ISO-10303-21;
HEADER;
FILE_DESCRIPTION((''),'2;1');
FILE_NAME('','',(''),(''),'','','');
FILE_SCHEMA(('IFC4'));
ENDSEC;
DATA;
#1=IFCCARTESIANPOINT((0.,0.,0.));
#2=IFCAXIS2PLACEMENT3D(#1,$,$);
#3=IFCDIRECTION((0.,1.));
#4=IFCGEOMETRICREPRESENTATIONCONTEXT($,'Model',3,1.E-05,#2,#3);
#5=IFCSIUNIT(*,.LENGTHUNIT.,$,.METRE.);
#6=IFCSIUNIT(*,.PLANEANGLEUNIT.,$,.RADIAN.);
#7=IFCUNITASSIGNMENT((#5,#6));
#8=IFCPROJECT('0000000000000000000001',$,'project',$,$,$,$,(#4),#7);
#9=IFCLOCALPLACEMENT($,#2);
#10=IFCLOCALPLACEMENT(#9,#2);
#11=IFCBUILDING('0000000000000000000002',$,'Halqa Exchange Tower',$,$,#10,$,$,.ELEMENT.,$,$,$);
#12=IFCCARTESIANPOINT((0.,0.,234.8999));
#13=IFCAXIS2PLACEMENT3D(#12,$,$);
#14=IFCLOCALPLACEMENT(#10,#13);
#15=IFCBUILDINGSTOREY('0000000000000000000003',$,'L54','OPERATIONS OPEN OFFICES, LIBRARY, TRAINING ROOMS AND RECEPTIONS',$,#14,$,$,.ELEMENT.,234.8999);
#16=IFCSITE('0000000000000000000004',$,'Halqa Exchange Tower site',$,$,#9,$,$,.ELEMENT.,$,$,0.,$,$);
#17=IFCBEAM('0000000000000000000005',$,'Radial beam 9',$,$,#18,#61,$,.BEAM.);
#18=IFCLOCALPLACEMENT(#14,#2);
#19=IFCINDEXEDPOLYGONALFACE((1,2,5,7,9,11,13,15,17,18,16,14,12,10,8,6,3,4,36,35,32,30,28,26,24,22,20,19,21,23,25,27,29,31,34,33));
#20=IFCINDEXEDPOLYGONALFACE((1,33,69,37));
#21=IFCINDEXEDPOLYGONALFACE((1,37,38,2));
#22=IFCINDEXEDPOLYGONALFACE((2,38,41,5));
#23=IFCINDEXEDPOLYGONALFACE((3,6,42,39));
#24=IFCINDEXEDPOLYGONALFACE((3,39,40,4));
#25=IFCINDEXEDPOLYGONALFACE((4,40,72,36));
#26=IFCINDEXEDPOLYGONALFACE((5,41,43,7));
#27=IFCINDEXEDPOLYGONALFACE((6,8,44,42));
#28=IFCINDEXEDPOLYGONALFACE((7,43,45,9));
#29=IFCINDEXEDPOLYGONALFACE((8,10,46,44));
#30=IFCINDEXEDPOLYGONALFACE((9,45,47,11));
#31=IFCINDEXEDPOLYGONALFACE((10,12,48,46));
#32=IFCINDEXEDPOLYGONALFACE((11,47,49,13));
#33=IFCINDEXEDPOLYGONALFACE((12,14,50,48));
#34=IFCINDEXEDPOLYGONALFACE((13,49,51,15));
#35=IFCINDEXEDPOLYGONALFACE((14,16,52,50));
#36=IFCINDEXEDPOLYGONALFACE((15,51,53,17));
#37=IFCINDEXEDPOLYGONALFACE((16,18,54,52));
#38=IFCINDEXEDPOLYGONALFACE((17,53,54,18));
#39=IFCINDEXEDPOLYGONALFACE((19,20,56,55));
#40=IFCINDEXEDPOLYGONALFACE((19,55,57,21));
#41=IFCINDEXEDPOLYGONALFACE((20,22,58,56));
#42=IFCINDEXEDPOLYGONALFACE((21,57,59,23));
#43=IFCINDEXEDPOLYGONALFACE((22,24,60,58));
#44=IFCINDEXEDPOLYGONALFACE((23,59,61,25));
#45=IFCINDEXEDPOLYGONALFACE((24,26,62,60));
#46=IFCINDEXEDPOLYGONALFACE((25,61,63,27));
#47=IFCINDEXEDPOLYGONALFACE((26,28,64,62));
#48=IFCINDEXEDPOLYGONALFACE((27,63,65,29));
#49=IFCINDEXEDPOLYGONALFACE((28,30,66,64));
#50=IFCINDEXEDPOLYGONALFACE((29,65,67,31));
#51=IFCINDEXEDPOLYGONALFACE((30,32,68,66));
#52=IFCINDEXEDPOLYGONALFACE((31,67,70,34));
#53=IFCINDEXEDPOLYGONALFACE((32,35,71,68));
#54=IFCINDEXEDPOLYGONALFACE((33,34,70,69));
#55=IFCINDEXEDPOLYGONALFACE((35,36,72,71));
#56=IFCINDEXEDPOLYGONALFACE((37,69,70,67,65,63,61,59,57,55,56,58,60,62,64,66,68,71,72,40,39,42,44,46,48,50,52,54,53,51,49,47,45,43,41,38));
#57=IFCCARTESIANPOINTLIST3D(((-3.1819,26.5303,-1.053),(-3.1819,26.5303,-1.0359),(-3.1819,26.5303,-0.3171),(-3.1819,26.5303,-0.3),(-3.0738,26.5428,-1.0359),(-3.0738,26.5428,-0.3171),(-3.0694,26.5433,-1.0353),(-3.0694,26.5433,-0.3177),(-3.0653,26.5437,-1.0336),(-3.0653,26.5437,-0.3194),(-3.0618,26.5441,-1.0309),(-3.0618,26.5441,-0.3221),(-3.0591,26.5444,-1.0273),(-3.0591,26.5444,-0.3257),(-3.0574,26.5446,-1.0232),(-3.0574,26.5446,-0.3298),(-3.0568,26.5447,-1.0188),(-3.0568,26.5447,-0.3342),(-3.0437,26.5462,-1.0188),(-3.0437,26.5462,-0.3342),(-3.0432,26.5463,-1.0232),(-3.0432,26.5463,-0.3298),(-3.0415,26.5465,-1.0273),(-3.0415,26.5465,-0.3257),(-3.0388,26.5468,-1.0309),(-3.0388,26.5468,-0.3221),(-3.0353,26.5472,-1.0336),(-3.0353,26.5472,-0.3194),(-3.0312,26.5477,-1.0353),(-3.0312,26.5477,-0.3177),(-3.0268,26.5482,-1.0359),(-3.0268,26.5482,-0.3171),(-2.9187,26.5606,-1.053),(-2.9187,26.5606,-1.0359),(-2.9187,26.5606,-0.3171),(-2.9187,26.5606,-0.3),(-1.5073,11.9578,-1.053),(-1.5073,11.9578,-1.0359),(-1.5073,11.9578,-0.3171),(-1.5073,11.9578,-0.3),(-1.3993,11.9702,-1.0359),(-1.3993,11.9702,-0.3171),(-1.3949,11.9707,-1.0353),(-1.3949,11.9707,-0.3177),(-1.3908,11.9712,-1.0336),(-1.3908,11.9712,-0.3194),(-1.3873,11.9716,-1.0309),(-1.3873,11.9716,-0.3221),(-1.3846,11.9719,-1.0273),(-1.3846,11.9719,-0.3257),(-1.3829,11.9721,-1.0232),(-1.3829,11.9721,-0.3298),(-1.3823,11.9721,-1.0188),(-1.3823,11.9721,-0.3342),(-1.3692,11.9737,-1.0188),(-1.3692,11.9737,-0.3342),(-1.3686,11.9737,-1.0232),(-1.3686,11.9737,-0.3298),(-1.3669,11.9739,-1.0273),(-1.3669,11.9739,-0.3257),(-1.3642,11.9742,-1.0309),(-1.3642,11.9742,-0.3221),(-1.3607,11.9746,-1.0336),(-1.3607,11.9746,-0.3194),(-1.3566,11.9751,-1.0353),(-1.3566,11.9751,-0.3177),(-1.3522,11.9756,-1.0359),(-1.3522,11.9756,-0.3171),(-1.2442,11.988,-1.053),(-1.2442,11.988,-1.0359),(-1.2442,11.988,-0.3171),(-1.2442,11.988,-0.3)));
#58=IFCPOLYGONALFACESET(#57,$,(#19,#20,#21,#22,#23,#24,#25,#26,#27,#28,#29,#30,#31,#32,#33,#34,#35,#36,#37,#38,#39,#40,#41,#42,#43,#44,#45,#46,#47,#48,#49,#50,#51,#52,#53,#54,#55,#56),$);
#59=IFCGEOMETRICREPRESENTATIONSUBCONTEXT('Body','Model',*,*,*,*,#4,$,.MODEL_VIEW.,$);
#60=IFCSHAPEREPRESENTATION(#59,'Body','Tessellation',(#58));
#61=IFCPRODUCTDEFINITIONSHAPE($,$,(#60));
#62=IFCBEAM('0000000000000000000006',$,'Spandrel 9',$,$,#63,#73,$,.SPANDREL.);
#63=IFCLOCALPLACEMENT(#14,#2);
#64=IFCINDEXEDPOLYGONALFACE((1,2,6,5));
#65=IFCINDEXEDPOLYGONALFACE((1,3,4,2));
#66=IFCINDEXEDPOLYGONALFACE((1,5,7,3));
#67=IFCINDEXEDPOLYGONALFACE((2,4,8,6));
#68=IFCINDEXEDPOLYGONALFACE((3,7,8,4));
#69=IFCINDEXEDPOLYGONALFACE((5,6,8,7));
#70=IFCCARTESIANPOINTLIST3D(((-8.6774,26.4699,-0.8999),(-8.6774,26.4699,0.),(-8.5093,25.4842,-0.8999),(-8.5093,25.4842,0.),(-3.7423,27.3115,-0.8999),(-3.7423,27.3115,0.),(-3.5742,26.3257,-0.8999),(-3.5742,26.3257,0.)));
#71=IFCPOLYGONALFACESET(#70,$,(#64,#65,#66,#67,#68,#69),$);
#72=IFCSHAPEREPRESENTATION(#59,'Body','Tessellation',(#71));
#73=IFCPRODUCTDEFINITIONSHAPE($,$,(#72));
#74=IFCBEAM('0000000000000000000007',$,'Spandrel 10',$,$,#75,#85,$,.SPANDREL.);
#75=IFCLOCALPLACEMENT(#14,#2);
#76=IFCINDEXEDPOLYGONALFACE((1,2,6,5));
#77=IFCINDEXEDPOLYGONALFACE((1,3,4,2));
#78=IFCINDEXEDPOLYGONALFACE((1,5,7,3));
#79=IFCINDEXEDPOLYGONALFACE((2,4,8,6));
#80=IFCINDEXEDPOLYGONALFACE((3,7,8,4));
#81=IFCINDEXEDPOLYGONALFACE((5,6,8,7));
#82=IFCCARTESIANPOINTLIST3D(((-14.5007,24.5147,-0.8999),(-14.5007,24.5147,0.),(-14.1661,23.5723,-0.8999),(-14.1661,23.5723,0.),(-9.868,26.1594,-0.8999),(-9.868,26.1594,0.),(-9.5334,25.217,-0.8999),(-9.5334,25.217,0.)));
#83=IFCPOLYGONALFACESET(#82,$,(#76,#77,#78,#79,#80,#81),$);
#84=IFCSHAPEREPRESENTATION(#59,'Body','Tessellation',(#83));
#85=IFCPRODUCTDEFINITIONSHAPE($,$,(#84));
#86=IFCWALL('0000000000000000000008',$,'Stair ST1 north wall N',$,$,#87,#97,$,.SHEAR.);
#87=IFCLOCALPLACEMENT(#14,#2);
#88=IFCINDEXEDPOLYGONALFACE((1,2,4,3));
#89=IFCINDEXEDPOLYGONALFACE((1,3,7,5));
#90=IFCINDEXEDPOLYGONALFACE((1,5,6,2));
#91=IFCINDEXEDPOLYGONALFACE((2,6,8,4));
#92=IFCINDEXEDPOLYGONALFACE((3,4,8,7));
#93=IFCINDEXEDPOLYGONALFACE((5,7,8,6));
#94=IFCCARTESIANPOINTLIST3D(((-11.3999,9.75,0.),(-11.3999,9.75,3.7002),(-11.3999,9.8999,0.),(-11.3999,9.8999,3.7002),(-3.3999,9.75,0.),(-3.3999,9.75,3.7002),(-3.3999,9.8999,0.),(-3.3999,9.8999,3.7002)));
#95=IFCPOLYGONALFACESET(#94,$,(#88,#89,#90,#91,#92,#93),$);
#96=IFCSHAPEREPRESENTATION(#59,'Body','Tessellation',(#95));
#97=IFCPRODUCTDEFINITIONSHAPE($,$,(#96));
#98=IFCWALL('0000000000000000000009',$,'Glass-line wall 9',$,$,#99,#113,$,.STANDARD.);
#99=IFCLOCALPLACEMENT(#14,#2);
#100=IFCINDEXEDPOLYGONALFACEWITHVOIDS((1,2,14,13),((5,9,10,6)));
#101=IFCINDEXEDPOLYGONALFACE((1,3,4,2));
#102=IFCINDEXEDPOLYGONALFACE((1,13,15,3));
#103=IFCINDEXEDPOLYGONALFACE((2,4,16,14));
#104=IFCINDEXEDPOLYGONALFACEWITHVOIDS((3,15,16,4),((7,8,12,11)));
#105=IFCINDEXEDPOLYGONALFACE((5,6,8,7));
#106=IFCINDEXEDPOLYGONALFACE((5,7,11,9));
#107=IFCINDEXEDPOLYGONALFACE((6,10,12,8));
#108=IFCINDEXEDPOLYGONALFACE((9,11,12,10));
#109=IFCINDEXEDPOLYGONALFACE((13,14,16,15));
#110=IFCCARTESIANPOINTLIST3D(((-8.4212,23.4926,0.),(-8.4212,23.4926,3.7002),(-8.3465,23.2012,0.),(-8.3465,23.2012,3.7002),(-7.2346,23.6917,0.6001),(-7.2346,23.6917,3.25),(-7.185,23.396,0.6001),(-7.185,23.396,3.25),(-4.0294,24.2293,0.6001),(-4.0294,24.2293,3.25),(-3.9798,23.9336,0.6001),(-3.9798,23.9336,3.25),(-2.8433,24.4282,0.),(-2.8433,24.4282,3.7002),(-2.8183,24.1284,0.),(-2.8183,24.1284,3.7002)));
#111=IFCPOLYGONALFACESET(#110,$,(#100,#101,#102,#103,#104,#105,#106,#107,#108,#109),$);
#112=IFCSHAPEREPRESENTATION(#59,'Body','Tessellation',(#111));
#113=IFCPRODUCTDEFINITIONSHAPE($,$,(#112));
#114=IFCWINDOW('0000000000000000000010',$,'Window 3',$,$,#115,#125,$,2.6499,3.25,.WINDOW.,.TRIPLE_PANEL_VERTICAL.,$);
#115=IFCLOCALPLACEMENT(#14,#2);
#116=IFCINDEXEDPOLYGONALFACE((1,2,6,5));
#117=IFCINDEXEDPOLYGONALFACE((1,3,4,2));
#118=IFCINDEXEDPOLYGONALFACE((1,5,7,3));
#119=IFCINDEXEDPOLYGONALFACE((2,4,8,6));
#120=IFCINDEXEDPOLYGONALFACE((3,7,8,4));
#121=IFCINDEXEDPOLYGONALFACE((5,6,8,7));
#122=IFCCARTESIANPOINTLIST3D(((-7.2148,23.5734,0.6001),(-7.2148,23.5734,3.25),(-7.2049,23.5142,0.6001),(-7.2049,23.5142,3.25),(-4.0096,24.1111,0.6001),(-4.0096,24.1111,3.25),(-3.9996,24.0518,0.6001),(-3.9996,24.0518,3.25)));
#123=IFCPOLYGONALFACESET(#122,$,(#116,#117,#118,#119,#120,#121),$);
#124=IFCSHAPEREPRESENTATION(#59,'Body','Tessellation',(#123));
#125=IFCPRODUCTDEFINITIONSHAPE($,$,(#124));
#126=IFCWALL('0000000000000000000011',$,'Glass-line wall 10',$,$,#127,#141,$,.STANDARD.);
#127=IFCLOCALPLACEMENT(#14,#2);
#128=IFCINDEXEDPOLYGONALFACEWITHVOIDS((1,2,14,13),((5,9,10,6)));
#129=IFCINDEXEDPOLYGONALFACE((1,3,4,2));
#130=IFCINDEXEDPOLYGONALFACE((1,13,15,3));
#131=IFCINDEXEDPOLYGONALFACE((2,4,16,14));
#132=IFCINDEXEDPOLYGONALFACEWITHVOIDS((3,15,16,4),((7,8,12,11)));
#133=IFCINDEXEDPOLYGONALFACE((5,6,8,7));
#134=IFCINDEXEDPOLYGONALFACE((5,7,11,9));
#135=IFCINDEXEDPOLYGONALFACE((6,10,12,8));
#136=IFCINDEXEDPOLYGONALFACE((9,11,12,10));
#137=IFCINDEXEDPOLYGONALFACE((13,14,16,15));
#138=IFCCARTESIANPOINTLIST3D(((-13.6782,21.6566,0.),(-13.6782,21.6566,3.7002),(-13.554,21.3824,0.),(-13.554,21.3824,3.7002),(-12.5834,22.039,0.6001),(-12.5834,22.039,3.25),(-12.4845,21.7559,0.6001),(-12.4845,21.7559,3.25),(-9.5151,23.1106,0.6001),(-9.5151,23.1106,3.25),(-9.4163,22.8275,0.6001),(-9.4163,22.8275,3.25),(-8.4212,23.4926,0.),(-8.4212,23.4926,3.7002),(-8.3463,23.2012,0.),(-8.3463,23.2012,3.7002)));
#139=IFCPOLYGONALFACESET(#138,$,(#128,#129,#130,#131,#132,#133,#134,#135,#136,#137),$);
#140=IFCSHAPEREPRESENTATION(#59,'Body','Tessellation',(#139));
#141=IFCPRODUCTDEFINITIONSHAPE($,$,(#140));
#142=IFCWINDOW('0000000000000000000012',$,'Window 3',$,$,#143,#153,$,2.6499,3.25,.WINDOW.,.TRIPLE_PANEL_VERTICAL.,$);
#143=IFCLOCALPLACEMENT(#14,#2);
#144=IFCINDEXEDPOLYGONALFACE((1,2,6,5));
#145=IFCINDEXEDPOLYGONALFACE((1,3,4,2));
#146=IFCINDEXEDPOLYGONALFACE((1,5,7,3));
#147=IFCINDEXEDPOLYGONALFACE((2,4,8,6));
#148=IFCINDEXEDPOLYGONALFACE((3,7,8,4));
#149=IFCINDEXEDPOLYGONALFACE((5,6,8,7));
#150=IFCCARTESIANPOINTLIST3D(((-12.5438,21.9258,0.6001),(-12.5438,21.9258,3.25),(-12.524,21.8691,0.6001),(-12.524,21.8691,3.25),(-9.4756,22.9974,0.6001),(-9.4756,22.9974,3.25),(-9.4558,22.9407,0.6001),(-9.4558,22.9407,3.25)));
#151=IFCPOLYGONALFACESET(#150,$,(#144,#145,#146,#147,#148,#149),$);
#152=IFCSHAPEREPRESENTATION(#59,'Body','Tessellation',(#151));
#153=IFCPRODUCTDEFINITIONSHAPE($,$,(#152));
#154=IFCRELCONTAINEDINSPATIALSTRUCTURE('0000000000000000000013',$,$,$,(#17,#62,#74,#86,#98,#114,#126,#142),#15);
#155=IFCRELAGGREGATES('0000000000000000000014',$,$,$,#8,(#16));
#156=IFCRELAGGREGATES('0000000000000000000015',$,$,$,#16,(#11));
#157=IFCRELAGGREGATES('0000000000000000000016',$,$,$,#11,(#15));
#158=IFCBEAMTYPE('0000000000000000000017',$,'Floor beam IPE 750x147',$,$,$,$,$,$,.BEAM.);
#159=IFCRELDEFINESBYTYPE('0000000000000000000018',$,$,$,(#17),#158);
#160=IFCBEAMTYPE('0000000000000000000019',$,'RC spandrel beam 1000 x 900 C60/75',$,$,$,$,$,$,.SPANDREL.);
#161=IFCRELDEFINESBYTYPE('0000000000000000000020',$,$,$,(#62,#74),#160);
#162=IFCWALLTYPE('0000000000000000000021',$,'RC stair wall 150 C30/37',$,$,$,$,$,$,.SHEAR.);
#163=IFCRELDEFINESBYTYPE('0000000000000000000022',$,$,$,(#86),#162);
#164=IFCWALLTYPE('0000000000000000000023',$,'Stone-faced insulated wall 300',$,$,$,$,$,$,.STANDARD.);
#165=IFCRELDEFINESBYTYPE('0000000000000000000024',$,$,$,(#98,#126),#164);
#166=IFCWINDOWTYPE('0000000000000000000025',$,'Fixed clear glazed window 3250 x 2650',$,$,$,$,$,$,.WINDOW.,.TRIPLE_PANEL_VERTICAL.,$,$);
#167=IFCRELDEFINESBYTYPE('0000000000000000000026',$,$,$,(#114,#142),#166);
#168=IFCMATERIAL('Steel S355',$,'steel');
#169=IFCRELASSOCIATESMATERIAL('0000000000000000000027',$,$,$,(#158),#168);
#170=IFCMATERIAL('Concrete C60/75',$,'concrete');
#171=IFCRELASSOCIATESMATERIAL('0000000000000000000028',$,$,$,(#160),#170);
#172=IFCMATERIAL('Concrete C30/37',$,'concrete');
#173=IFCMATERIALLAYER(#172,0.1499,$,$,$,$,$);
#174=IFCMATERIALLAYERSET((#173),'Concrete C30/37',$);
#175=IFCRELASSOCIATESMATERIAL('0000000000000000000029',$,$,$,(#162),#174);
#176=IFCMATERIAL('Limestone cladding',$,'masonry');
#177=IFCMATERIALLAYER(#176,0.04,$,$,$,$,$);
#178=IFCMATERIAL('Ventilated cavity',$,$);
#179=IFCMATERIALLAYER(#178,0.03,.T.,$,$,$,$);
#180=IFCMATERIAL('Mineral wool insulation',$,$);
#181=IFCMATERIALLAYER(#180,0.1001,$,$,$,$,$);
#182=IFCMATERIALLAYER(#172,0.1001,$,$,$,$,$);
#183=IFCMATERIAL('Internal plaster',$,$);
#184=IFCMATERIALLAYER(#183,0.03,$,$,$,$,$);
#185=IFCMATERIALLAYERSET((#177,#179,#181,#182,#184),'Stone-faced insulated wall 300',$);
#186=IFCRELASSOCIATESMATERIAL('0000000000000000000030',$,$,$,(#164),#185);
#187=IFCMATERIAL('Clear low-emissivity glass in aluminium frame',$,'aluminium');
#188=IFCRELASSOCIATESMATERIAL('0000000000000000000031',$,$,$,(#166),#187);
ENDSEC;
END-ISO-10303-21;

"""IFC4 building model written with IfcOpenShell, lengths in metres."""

from ifc_helpers import new_model, si_unit, direction, frame, frame_2d, origin, origin_2d, place, context, subcontext, project, spatial, polyline, rectangle, i_section, outline, extrude, material, layer, layer_set, material_profile, profile_set, type_object, element, fill, save


model = new_model("IFC4")

# Units and contexts
model_context = context("Model", 3, precision=1e-05, world=origin(), true_north=direction((0.0, 1.0)))
body_context = subcontext(model_context, "Body", "Model", "MODEL_VIEW")
ifc_project = project(units=[si_unit("LENGTHUNIT", "METRE"), si_unit("PLANEANGLEUNIT", "RADIAN")], contexts=[model_context])

# Site, building, storey
site_placement = place(None, origin())
site = spatial("IfcSite", under=ifc_project, at=site_placement, Name="Halqa Exchange Tower site", CompositionType="ELEMENT", RefElevation=0.0)
building_placement = place(site_placement, origin())
building = spatial("IfcBuilding", under=site, at=building_placement, Name="Halqa Exchange Tower", CompositionType="ELEMENT")
storey_placement = place(building_placement, frame((0.0, 0.0, 234.8999)))
storey = spatial("IfcBuildingStorey", under=building, at=storey_placement, Name="L54", Description="OPERATIONS OPEN OFFICES, LIBRARY, TRAINING ROOMS AND RECEPTIONS", CompositionType="ELEMENT", Elevation=234.8999)

# Shared definitions
ifc_material_1 = material(Name="Concrete C60/75", Category="concrete")

# Beams
ifc_material_2 = material(Name="Steel S355", Category="steel")
ifc_material_profile_1 = material_profile(ifc_material_2, i_section(OverallWidth=0.2649, OverallDepth=0.7529, WebThickness=0.0132, FlangeThickness=0.0171, FilletRadius=0.0171, at=origin_2d()), Name="IPE 750x147")
ifc_profile_set_1 = profile_set([ifc_material_profile_1], Name="Steel S355")
beam_type_1 = type_object("IfcBeamType", Name="Floor beam IPE 750x147", PredefinedType="BEAM", material=ifc_profile_set_1)
beam_1_placement = place(storey_placement, frame((-1.3757, 11.9729, -0.6765), z_axis=(-0.114161, 0.993462, 0.0), x_axis=(-0.993462, -0.114161, 0.0)))
element("IfcBeam", 1, at=beam_1_placement, inside=storey, type_object=beam_type_1, Name="Radial beam 9", PredefinedType="BEAM", context=body_context, shape_type="SweptSolid", body=[
    extrude(i_section(OverallWidth=0.2649, OverallDepth=0.7529, WebThickness=0.0132, FlangeThickness=0.0171, FilletRadius=0.0171, at=origin_2d()), origin(), (0.0, 0.0, 1.0), 14.6685),
])
ifc_material_profile_2 = material_profile(ifc_material_1, rectangle(XDim=1.0, YDim=0.8999, at=origin_2d()), Name="1000 x 900")
ifc_profile_set_2 = profile_set([ifc_material_profile_2], Name="Concrete C60/75")
beam_type_2 = type_object("IfcBeamType", Name="RC spandrel beam 1000 x 900 C60/75", PredefinedType="SPANDREL", material=ifc_profile_set_2)
beam_2_placement = place(storey_placement, frame((-3.6582, 26.8186, -0.45), z_axis=(-0.98577, -0.168099, 0.0), x_axis=(0.168099, -0.98577, 0.0)))
element("IfcBeam", 2, at=beam_2_placement, inside=storey, type_object=beam_type_2, Name="Spandrel 9", PredefinedType="SPANDREL", context=body_context, shape_type="SweptSolid", body=[
    extrude(rectangle(XDim=1.0, YDim=0.8999, at=origin_2d()), origin(), (0.0, 0.0, 1.0), 5.0063),
])
beam_3_placement = place(storey_placement, frame((-9.7007, 25.6882, -0.45), z_axis=(-0.942372, -0.334568, 0.0), x_axis=(0.334568, -0.942372, 0.0)))
element("IfcBeam", 3, at=beam_3_placement, inside=storey, type_object=beam_type_2, Name="Spandrel 10", PredefinedType="SPANDREL", context=body_context, shape_type="SweptSolid", body=[
    extrude(rectangle(XDim=1.0, YDim=0.8999, at=origin_2d()), origin(), (0.0, 0.0, 1.0), 4.916),
])

# Wall
ifc_material_3 = material(Name="Concrete C30/37", Category="concrete")
ifc_layer_1 = layer(ifc_material_3, 0.1499)
ifc_layer_set_1 = layer_set([ifc_layer_1], Name="Concrete C30/37")
wall_type_1 = type_object("IfcWallType", Name="RC stair wall 150 C30/37", PredefinedType="SHEAR", material=ifc_layer_set_1)
wall_1_placement = place(storey_placement, frame((-11.3999, 9.825, 0.0), z_axis=(0.0, 0.0, 1.0), x_axis=(1.0, 0.0, 0.0)))
element("IfcWall", 4, at=wall_1_placement, inside=storey, type_object=wall_type_1, Name="Stair ST1 north wall N", PredefinedType="SHEAR", context=body_context, shape_type="SweptSolid", body=[
    extrude(rectangle(XDim=8.0, YDim=0.1499, at=frame_2d((4.0, 0.0))), origin(), (0.0, 0.0, 1.0), 3.7002),
])

# Walls, openings, windows
ifc_material_4 = material(Name="Limestone cladding", Category="masonry")
ifc_layer_2 = layer(ifc_material_4, 0.04)
ifc_material_5 = material(Name="Ventilated cavity")
ifc_layer_3 = layer(ifc_material_5, 0.03, ventilated=True)
ifc_material_6 = material(Name="Mineral wool insulation")
ifc_layer_4 = layer(ifc_material_6, 0.1001)
ifc_layer_5 = layer(ifc_material_3, 0.1001)
ifc_material_7 = material(Name="Internal plaster")
ifc_layer_6 = layer(ifc_material_7, 0.03)
ifc_layer_set_2 = layer_set([ifc_layer_2, ifc_layer_3, ifc_layer_4, ifc_layer_5, ifc_layer_6], Name="Stone-faced insulated wall 300")
wall_type_2 = type_object("IfcWallType", Name="Stone-faced insulated wall 300", PredefinedType="STANDARD", material=ifc_layer_set_2)
wall_2_placement = place(storey_placement, frame((-2.8308, 24.2783, 0.0), z_axis=(0.0, 0.0, 1.0), x_axis=(-0.986223, -0.165418, 0.0)))
wall_2 = element("IfcWall", 5, at=wall_2_placement, inside=storey, type_object=wall_type_2, Name="Glass-line wall 9", PredefinedType="STANDARD", context=body_context, shape_type="SweptSolid", body=[
    extrude(outline(polyline([(-0.0125, -0.1499), (5.6433, -0.1499), (5.6179, 0.1499), (0.0125, 0.1499), (-0.0125, -0.1499)])), origin(), (0.0, 0.0, 1.0), 3.7002),
])
opening_1_placement = place(wall_2_placement, frame((1.1902, 0.0, 0.6001)))
opening_1 = element("IfcOpeningElement", 6, at=opening_1_placement, cuts=wall_2, PredefinedType="OPENING", context=body_context, shape_type="SweptSolid", body=[
    extrude(rectangle(XDim=3.25, YDim=2.6499, at=frame_2d((1.625, 1.325))), frame((0.0, 0.1621, 0.0), z_axis=(0.0, -1.0, 0.0), x_axis=(1.0, 0.0, 0.0)), (0.0, 0.0, 1.0), 0.324),
])
ifc_material_8 = material(Name="Clear low-emissivity glass in aluminium frame", Category="aluminium")
window_type = type_object("IfcWindowType", Name="Fixed clear glazed window 3250 x 2650", PartitioningType="TRIPLE_PANEL_VERTICAL", PredefinedType="WINDOW", material=ifc_material_8)
window_1_placement = place(opening_1_placement, origin())
window_1 = element("IfcWindow", 7, at=window_1_placement, inside=storey, type_object=window_type, Name="Window 3", OverallHeight=2.6499, OverallWidth=3.25, PartitioningType="TRIPLE_PANEL_VERTICAL", PredefinedType="WINDOW", context=body_context, shape_type="SweptSolid", body=[
    extrude(rectangle(XDim=3.25, YDim=2.6499, at=frame_2d((1.625, 1.325))), frame((0.0, 0.03, 0.0), z_axis=(0.0, -1.0, 0.0), x_axis=(1.0, 0.0, 0.0)), (0.0, 0.0, 1.0), 0.0601),
])
fill(opening_1, window_1)
wall_3_placement = place(storey_placement, frame((-8.3838, 23.3469, 0.0), z_axis=(0.0, 0.0, 1.0), x_axis=(-0.944076, -0.329728, 0.0)))
wall_3 = element("IfcWall", 8, at=wall_3_placement, inside=storey, type_object=wall_type_2, Name="Glass-line wall 10", PredefinedType="STANDARD", context=body_context, shape_type="SweptSolid", body=[
    extrude(outline(polyline([(-0.0127, -0.1499), (5.5557, -0.1499), (5.5288, 0.1499), (0.0127, 0.1499), (-0.0127, -0.1499)])), origin(), (0.0, 0.0, 1.0), 3.7002),
])
opening_2_placement = place(wall_3_placement, frame((1.146, 0.0, 0.6001)))
opening_2 = element("IfcOpeningElement", 9, at=opening_2_placement, cuts=wall_3, PredefinedType="OPENING", context=body_context, shape_type="SweptSolid", body=[
    extrude(rectangle(XDim=3.25, YDim=2.6499, at=frame_2d((1.625, 1.325))), frame((0.0, 0.1621, 0.0), z_axis=(0.0, -1.0, 0.0), x_axis=(1.0, 0.0, 0.0)), (0.0, 0.0, 1.0), 0.324),
])
window_2_placement = place(opening_2_placement, origin())
window_2 = element("IfcWindow", 10, at=window_2_placement, inside=storey, type_object=window_type, Name="Window 3", OverallHeight=2.6499, OverallWidth=3.25, PartitioningType="TRIPLE_PANEL_VERTICAL", PredefinedType="WINDOW", context=body_context, shape_type="SweptSolid", body=[
    extrude(rectangle(XDim=3.25, YDim=2.6499, at=frame_2d((1.625, 1.325))), frame((0.0, 0.03, 0.0), z_axis=(0.0, -1.0, 0.0), x_axis=(1.0, 0.0, 0.0)), (0.0, 0.0, 1.0), 0.0601),
])
fill(opening_2, window_2)

save(model, "model.ifc")
